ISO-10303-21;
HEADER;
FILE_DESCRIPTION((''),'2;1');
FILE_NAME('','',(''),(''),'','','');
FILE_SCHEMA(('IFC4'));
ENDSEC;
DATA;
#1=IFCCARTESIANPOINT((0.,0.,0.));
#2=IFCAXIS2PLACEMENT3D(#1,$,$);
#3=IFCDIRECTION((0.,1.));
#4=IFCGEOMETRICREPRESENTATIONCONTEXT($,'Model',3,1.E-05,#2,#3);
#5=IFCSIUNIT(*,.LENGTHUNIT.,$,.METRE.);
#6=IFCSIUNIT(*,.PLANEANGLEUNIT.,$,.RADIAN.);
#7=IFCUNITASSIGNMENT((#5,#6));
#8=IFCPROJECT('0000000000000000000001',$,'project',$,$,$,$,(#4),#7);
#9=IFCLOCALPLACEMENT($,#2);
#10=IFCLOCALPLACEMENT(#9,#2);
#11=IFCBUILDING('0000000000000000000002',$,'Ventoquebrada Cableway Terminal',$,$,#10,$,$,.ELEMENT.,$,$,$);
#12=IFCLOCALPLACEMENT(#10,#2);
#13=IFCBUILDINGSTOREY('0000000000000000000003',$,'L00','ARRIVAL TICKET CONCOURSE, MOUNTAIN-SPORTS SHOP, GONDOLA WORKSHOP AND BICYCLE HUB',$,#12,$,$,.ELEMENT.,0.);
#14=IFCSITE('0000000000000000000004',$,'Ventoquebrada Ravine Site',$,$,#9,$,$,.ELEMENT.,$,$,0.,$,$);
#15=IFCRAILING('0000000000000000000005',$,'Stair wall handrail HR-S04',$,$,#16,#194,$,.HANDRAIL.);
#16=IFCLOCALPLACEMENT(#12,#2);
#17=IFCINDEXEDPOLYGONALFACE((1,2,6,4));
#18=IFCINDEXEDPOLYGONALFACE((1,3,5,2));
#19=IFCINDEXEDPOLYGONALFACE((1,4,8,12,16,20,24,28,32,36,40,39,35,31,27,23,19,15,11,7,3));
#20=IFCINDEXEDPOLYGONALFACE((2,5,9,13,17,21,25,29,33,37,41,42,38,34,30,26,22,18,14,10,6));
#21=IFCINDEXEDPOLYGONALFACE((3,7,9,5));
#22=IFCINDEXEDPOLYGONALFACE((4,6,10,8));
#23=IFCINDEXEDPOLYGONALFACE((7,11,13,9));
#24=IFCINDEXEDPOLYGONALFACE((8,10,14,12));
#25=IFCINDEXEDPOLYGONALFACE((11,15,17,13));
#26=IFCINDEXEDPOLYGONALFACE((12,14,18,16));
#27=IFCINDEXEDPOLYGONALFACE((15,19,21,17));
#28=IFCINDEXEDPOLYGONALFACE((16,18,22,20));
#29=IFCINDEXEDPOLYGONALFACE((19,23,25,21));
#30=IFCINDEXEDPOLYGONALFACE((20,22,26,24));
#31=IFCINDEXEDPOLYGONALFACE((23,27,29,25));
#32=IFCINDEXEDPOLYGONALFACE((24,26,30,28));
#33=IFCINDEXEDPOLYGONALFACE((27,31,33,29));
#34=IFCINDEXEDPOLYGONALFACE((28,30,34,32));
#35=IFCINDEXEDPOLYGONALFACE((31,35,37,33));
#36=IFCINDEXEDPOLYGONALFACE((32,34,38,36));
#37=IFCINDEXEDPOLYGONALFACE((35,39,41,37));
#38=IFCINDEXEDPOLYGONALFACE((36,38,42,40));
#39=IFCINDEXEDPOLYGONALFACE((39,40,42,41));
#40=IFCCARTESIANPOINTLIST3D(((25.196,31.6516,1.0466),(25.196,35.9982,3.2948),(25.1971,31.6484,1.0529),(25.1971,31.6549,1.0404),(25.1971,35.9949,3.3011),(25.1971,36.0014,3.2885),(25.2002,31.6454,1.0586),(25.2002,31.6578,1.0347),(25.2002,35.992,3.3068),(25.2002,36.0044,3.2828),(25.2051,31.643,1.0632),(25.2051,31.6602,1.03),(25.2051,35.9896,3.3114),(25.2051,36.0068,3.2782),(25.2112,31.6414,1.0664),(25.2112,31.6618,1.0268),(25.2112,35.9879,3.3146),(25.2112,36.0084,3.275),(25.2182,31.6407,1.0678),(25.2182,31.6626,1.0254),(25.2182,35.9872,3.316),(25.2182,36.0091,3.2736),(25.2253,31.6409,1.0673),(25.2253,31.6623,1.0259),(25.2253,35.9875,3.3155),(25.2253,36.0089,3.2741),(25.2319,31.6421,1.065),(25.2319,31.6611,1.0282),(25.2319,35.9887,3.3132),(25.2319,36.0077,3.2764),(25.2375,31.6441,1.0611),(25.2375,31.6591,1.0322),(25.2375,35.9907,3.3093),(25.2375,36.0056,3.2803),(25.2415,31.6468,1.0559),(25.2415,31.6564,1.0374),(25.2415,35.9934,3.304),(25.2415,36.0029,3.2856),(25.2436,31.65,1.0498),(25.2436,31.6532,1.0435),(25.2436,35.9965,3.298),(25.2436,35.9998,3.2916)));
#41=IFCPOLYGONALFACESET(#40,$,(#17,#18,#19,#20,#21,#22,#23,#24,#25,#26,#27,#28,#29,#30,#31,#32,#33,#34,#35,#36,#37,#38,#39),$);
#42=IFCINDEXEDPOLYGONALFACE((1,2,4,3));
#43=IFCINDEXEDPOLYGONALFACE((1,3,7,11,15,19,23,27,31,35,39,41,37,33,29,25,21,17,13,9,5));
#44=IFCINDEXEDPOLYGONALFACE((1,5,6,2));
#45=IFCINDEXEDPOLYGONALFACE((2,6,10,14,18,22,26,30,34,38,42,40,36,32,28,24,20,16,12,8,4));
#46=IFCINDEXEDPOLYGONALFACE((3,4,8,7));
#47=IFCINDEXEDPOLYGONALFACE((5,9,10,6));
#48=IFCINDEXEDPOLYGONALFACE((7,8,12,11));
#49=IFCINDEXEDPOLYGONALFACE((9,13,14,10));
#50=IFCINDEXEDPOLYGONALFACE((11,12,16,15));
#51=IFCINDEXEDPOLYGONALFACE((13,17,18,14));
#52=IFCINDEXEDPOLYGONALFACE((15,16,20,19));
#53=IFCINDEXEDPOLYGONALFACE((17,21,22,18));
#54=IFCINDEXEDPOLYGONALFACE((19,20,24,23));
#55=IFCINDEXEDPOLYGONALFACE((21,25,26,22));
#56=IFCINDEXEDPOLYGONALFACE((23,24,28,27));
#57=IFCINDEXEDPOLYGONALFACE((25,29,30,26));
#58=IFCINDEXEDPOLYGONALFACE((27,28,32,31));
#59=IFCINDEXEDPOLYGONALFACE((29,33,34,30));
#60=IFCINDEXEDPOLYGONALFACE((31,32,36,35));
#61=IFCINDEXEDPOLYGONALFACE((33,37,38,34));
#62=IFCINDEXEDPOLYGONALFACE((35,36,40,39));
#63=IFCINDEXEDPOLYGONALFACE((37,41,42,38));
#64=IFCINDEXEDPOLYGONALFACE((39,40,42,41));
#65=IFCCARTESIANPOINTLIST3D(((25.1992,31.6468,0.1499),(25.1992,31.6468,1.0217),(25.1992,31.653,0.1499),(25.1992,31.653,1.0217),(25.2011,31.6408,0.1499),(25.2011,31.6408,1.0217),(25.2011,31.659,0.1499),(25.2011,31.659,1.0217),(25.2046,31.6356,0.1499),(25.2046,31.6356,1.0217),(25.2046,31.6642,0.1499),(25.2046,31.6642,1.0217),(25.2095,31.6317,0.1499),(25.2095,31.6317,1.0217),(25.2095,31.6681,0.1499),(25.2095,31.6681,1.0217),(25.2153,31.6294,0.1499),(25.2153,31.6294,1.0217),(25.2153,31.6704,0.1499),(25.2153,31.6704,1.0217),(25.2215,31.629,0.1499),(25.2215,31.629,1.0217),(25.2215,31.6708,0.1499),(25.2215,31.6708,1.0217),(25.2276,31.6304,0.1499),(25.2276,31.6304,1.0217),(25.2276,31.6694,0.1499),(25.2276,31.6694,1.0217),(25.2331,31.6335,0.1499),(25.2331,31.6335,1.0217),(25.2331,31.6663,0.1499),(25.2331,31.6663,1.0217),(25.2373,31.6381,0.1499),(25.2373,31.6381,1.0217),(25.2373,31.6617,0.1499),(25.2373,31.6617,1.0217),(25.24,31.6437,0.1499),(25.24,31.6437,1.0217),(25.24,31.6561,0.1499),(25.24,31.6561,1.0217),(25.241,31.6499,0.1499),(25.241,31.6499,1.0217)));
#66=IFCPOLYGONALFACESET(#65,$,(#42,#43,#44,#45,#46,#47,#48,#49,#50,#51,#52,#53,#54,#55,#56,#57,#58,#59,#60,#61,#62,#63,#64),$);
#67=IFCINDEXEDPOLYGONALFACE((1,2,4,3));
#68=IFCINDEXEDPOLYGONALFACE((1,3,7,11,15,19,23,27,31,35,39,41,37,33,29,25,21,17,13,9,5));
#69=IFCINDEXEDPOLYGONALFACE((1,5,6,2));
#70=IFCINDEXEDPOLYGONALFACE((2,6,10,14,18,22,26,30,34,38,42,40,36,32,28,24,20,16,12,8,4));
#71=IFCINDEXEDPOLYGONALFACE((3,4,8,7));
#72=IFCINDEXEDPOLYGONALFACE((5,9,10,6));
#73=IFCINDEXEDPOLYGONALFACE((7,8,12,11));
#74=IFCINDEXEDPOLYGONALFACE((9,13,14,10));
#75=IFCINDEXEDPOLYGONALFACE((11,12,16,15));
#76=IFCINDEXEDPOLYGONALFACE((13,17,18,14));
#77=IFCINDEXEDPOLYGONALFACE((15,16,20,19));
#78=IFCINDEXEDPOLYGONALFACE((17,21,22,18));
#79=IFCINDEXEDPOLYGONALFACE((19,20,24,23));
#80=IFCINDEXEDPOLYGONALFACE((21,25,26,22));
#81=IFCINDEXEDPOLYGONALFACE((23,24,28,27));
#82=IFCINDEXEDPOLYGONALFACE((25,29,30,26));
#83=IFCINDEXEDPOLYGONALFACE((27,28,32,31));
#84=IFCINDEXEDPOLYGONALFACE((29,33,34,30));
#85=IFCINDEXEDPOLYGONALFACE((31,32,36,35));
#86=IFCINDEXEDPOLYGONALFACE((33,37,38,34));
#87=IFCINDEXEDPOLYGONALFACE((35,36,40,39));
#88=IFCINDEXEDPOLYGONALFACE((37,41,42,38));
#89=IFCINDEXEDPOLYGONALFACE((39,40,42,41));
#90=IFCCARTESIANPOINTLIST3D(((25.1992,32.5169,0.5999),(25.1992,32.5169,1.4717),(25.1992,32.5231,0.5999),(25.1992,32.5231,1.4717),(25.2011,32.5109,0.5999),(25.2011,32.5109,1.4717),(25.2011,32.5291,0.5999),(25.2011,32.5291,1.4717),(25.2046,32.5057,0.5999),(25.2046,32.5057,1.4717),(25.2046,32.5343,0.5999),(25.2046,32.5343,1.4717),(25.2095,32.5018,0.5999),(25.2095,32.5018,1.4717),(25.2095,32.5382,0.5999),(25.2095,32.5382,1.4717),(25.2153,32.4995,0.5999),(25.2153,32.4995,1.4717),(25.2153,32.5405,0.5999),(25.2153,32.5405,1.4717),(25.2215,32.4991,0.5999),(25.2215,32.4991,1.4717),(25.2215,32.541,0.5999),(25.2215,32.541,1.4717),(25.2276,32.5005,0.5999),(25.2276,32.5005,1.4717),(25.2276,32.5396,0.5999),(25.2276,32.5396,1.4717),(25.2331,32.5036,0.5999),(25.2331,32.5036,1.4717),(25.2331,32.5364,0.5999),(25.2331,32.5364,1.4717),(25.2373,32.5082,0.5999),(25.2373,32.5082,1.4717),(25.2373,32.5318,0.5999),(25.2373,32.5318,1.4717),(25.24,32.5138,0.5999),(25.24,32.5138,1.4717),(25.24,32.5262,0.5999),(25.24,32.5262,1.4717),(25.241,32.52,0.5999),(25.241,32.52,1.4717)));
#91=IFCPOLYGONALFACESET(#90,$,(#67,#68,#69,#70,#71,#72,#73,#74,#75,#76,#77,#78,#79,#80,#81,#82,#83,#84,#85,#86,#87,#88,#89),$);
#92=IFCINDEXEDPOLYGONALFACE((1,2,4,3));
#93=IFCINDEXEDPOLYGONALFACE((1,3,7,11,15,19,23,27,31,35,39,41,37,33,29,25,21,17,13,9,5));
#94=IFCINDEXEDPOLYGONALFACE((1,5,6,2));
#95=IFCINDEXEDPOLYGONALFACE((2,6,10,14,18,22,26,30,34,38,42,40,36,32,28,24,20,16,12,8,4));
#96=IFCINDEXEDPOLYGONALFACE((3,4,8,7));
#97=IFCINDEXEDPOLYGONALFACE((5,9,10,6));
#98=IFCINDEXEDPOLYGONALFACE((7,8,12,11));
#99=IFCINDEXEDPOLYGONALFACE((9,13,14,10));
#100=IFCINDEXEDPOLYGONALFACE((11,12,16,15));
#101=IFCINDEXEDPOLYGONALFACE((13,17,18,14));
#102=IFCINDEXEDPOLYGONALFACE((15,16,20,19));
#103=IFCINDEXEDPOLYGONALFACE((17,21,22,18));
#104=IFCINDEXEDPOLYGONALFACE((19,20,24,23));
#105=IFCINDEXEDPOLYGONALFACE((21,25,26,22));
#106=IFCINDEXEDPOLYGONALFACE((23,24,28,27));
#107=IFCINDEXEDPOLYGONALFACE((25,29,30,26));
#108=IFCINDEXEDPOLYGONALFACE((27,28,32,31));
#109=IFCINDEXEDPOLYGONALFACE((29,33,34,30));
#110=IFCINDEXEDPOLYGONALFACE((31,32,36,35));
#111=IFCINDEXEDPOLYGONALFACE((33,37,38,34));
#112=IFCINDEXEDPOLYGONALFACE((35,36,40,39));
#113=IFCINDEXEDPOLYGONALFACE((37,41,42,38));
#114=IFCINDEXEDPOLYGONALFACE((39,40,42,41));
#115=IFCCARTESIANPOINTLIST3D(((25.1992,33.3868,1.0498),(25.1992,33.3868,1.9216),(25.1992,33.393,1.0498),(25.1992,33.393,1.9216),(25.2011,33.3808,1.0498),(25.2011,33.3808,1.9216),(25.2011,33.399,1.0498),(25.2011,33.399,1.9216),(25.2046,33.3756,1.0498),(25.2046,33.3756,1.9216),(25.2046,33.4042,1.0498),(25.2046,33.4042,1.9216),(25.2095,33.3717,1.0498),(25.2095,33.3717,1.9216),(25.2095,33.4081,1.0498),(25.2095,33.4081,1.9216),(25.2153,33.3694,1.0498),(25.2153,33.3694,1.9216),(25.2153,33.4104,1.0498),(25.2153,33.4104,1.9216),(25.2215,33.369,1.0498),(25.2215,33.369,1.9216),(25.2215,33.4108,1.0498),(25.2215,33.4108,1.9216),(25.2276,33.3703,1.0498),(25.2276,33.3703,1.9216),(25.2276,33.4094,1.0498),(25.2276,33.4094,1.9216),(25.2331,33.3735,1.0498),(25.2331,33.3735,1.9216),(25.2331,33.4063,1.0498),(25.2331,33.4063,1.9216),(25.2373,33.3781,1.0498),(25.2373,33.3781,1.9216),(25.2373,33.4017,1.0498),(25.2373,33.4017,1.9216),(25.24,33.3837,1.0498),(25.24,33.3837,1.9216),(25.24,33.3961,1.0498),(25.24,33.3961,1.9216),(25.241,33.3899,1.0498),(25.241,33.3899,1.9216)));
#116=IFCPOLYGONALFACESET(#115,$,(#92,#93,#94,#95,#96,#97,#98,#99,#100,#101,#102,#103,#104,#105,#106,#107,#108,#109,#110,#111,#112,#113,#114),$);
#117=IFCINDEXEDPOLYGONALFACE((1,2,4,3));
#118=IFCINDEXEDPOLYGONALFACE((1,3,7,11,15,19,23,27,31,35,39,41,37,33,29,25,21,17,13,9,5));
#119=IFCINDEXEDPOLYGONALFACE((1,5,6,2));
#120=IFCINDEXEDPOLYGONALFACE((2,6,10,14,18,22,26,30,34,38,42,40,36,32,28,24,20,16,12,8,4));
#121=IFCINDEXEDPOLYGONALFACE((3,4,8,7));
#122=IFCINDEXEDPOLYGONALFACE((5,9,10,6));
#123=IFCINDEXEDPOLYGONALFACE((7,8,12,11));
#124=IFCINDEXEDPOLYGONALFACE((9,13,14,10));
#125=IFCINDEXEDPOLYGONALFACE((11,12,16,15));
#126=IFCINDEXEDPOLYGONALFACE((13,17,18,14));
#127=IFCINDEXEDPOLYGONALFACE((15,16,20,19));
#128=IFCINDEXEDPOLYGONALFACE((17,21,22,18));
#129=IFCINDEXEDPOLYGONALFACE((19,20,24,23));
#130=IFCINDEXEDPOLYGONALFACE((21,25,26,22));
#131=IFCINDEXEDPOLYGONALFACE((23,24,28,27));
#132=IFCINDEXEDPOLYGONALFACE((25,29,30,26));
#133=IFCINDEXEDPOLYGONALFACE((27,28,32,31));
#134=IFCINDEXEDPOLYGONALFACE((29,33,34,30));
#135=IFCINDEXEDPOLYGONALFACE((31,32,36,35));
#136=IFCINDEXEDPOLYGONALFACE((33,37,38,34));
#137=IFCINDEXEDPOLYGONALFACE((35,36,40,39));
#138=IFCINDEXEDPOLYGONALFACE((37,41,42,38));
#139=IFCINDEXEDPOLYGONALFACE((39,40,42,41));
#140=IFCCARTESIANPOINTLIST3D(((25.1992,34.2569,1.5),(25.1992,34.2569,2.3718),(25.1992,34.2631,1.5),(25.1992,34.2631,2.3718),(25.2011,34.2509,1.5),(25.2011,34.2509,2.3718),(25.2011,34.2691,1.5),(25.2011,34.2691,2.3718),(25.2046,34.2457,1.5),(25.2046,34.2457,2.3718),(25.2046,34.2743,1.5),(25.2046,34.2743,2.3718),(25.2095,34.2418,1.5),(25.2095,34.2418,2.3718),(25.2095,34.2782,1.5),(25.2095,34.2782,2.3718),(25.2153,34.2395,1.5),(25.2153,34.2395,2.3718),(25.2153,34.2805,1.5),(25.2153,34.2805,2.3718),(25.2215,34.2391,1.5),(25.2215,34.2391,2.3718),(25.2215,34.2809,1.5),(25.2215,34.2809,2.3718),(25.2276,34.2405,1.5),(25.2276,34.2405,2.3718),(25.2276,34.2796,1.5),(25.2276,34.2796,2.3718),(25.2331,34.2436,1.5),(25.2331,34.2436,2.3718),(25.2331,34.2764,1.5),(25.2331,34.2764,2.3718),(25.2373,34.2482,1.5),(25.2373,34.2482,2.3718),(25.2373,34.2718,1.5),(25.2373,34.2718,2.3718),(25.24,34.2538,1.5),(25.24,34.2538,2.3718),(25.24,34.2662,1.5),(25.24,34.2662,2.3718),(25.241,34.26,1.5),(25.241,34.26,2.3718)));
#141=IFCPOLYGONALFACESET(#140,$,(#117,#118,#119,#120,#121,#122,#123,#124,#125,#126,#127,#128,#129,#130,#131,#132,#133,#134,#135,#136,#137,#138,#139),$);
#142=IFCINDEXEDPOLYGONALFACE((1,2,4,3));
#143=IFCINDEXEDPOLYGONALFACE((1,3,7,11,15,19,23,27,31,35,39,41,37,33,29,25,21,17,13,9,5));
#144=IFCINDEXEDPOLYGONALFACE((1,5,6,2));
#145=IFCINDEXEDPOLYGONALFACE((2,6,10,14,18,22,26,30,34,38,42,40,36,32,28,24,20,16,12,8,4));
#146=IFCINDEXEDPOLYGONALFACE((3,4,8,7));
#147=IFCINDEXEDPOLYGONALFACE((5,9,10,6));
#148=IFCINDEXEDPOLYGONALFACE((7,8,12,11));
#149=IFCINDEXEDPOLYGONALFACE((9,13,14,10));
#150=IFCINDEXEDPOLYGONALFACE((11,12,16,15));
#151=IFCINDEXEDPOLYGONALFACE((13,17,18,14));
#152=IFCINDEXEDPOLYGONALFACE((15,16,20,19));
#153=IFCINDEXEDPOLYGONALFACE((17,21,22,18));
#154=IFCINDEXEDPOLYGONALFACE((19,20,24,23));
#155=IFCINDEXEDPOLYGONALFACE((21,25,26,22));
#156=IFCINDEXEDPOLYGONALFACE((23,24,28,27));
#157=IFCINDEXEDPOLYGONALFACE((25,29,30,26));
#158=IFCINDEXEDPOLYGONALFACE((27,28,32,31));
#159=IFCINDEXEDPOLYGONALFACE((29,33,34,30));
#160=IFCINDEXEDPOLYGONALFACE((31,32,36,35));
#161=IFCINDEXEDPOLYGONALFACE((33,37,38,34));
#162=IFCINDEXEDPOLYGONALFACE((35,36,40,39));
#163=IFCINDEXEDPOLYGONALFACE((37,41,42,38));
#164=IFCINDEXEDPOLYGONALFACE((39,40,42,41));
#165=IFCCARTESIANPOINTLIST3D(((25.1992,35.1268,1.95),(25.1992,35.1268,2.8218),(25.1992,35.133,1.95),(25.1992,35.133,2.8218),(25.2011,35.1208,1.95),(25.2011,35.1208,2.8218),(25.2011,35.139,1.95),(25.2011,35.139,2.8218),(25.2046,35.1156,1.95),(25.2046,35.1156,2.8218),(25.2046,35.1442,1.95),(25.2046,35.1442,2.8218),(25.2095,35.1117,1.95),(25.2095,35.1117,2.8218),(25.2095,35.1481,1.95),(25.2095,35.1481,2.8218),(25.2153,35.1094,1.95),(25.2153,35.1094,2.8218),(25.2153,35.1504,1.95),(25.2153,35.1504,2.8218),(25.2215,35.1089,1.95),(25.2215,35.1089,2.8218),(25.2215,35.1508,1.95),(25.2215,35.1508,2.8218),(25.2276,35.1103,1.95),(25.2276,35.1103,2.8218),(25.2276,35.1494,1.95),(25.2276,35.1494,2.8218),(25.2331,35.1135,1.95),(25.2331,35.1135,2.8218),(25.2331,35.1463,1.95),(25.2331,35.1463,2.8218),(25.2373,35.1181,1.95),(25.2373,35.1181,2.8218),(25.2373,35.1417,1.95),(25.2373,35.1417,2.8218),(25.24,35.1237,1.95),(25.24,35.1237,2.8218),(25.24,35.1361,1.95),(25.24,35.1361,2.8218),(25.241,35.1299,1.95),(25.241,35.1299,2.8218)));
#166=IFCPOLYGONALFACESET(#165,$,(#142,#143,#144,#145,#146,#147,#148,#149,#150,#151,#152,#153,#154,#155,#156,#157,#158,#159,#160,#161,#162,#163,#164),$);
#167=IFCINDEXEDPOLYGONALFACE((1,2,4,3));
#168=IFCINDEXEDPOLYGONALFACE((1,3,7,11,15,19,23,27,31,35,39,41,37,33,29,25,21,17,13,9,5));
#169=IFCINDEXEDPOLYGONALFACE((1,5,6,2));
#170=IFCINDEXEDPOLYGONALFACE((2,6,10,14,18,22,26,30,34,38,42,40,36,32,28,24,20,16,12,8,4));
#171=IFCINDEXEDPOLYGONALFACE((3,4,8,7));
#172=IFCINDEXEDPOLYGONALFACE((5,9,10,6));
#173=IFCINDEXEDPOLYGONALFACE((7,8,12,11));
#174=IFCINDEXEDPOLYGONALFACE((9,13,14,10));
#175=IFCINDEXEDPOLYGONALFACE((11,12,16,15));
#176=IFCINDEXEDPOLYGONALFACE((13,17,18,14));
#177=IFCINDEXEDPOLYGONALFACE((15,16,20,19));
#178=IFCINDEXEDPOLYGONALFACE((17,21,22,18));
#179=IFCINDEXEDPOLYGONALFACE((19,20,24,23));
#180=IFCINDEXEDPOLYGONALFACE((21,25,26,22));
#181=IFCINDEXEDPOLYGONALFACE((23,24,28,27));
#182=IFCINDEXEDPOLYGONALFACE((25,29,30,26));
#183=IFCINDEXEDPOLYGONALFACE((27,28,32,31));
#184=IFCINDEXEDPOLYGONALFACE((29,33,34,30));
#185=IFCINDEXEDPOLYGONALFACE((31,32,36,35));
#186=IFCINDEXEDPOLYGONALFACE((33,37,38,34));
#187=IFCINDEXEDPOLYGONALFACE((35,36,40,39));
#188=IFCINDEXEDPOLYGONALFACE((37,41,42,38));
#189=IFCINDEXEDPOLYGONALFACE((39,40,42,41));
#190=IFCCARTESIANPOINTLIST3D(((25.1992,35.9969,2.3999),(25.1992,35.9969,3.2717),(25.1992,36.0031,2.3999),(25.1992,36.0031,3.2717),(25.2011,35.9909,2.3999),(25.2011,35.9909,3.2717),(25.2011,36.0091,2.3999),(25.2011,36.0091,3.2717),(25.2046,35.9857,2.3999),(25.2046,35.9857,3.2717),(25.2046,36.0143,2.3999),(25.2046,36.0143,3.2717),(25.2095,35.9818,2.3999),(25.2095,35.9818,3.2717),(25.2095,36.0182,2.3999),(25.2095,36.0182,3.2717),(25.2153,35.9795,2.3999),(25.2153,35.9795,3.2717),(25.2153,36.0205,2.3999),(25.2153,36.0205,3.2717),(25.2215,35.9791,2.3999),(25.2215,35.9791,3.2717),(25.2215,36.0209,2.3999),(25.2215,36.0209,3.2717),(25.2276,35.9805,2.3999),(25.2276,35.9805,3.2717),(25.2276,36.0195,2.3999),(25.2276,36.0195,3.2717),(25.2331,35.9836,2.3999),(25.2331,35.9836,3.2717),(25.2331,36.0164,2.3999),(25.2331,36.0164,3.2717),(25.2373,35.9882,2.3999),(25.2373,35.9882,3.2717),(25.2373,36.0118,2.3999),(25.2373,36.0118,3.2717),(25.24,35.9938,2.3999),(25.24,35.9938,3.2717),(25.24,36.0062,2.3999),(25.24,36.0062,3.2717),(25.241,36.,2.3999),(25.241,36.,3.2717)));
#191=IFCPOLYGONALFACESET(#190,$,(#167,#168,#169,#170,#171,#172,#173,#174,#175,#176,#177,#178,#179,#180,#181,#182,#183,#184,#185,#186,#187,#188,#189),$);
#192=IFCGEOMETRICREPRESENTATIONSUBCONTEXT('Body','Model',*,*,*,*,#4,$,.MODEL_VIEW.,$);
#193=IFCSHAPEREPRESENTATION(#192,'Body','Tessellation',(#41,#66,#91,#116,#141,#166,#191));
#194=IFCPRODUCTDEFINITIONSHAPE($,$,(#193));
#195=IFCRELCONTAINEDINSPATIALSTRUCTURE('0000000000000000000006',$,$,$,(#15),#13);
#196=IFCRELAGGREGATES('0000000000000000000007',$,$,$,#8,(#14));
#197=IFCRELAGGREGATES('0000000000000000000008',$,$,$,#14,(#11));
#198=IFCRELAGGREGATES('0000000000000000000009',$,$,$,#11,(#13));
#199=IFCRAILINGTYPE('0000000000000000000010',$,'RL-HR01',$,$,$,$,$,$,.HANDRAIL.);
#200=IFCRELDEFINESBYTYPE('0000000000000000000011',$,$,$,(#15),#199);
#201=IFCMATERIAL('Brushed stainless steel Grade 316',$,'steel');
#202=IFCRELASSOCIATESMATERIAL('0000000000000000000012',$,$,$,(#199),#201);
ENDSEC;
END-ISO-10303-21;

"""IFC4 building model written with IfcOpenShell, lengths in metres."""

from ifc_helpers import new_model, si_unit, direction, frame, origin, origin_2d, place, context, subcontext, project, spatial, circle, extrude, material, type_object, element, save


model = new_model("IFC4")

# Units and contexts
model_context = context("Model", 3, precision=1e-05, world=origin(), true_north=direction((0.0, 1.0)))
body_context = subcontext(model_context, "Body", "Model", "MODEL_VIEW")
ifc_project = project(units=[si_unit("LENGTHUNIT", "METRE"), si_unit("PLANEANGLEUNIT", "RADIAN")], contexts=[model_context])

# Site, building, storey
site_placement = place(None, origin())
site = spatial("IfcSite", under=ifc_project, at=site_placement, Name="Ventoquebrada Ravine Site", CompositionType="ELEMENT", RefElevation=0.0)
building_placement = place(site_placement, origin())
building = spatial("IfcBuilding", under=site, at=building_placement, Name="Ventoquebrada Cableway Terminal", CompositionType="ELEMENT")
storey_placement = place(building_placement, origin())
storey = spatial("IfcBuildingStorey", under=building, at=storey_placement, Name="L00", Description="ARRIVAL TICKET CONCOURSE, MOUNTAIN-SPORTS SHOP, GONDOLA WORKSHOP AND BICYCLE HUB", CompositionType="ELEMENT", Elevation=0.0)

# Railing
ifc_material_1 = material(Name="Brushed stainless steel Grade 316", Category="steel")
railing_type_1 = type_object("IfcRailingType", Name="RL-HR01", PredefinedType="HANDRAIL", material=ifc_material_1)
railing_1_placement = place(storey_placement, frame((25.22, 31.6499, 0.1499)))
element("IfcRailing", 1, at=railing_1_placement, inside=storey, type_object=railing_type_1, Name="Stair wall handrail HR-S04", PredefinedType="HANDRAIL", context=body_context, shape_type="SweptSolid", body=[
    extrude(circle(Radius=0.0239, at=origin_2d()), frame((0.0, 0.0017, 0.8967), z_axis=(0.0, 0.888222, 0.459415), x_axis=(-1.0, 0.0, 0.0)), (0.0, 0.0, 1.0), 4.8936),
    extrude(circle(Radius=0.021, at=origin_2d()), origin(), (0.0, 0.0, 1.0), 0.8718),
    extrude(circle(Radius=0.021, at=origin_2d()), frame((0.0, 0.8701, 0.45)), (0.0, 0.0, 1.0), 0.8718),
    extrude(circle(Radius=0.021, at=origin_2d()), frame((0.0, 1.74, 0.8999)), (0.0, 0.0, 1.0), 0.8718),
    extrude(circle(Radius=0.021, at=origin_2d()), frame((0.0, 2.6101, 1.3501)), (0.0, 0.0, 1.0), 0.8718),
    extrude(circle(Radius=0.021, at=origin_2d()), frame((0.0, 3.48, 1.8)), (0.0, 0.0, 1.0), 0.8718),
    extrude(circle(Radius=0.021, at=origin_2d()), frame((0.0, 4.3501, 2.25)), (0.0, 0.0, 1.0), 0.8718),
])

save(model, "model.ifc")
